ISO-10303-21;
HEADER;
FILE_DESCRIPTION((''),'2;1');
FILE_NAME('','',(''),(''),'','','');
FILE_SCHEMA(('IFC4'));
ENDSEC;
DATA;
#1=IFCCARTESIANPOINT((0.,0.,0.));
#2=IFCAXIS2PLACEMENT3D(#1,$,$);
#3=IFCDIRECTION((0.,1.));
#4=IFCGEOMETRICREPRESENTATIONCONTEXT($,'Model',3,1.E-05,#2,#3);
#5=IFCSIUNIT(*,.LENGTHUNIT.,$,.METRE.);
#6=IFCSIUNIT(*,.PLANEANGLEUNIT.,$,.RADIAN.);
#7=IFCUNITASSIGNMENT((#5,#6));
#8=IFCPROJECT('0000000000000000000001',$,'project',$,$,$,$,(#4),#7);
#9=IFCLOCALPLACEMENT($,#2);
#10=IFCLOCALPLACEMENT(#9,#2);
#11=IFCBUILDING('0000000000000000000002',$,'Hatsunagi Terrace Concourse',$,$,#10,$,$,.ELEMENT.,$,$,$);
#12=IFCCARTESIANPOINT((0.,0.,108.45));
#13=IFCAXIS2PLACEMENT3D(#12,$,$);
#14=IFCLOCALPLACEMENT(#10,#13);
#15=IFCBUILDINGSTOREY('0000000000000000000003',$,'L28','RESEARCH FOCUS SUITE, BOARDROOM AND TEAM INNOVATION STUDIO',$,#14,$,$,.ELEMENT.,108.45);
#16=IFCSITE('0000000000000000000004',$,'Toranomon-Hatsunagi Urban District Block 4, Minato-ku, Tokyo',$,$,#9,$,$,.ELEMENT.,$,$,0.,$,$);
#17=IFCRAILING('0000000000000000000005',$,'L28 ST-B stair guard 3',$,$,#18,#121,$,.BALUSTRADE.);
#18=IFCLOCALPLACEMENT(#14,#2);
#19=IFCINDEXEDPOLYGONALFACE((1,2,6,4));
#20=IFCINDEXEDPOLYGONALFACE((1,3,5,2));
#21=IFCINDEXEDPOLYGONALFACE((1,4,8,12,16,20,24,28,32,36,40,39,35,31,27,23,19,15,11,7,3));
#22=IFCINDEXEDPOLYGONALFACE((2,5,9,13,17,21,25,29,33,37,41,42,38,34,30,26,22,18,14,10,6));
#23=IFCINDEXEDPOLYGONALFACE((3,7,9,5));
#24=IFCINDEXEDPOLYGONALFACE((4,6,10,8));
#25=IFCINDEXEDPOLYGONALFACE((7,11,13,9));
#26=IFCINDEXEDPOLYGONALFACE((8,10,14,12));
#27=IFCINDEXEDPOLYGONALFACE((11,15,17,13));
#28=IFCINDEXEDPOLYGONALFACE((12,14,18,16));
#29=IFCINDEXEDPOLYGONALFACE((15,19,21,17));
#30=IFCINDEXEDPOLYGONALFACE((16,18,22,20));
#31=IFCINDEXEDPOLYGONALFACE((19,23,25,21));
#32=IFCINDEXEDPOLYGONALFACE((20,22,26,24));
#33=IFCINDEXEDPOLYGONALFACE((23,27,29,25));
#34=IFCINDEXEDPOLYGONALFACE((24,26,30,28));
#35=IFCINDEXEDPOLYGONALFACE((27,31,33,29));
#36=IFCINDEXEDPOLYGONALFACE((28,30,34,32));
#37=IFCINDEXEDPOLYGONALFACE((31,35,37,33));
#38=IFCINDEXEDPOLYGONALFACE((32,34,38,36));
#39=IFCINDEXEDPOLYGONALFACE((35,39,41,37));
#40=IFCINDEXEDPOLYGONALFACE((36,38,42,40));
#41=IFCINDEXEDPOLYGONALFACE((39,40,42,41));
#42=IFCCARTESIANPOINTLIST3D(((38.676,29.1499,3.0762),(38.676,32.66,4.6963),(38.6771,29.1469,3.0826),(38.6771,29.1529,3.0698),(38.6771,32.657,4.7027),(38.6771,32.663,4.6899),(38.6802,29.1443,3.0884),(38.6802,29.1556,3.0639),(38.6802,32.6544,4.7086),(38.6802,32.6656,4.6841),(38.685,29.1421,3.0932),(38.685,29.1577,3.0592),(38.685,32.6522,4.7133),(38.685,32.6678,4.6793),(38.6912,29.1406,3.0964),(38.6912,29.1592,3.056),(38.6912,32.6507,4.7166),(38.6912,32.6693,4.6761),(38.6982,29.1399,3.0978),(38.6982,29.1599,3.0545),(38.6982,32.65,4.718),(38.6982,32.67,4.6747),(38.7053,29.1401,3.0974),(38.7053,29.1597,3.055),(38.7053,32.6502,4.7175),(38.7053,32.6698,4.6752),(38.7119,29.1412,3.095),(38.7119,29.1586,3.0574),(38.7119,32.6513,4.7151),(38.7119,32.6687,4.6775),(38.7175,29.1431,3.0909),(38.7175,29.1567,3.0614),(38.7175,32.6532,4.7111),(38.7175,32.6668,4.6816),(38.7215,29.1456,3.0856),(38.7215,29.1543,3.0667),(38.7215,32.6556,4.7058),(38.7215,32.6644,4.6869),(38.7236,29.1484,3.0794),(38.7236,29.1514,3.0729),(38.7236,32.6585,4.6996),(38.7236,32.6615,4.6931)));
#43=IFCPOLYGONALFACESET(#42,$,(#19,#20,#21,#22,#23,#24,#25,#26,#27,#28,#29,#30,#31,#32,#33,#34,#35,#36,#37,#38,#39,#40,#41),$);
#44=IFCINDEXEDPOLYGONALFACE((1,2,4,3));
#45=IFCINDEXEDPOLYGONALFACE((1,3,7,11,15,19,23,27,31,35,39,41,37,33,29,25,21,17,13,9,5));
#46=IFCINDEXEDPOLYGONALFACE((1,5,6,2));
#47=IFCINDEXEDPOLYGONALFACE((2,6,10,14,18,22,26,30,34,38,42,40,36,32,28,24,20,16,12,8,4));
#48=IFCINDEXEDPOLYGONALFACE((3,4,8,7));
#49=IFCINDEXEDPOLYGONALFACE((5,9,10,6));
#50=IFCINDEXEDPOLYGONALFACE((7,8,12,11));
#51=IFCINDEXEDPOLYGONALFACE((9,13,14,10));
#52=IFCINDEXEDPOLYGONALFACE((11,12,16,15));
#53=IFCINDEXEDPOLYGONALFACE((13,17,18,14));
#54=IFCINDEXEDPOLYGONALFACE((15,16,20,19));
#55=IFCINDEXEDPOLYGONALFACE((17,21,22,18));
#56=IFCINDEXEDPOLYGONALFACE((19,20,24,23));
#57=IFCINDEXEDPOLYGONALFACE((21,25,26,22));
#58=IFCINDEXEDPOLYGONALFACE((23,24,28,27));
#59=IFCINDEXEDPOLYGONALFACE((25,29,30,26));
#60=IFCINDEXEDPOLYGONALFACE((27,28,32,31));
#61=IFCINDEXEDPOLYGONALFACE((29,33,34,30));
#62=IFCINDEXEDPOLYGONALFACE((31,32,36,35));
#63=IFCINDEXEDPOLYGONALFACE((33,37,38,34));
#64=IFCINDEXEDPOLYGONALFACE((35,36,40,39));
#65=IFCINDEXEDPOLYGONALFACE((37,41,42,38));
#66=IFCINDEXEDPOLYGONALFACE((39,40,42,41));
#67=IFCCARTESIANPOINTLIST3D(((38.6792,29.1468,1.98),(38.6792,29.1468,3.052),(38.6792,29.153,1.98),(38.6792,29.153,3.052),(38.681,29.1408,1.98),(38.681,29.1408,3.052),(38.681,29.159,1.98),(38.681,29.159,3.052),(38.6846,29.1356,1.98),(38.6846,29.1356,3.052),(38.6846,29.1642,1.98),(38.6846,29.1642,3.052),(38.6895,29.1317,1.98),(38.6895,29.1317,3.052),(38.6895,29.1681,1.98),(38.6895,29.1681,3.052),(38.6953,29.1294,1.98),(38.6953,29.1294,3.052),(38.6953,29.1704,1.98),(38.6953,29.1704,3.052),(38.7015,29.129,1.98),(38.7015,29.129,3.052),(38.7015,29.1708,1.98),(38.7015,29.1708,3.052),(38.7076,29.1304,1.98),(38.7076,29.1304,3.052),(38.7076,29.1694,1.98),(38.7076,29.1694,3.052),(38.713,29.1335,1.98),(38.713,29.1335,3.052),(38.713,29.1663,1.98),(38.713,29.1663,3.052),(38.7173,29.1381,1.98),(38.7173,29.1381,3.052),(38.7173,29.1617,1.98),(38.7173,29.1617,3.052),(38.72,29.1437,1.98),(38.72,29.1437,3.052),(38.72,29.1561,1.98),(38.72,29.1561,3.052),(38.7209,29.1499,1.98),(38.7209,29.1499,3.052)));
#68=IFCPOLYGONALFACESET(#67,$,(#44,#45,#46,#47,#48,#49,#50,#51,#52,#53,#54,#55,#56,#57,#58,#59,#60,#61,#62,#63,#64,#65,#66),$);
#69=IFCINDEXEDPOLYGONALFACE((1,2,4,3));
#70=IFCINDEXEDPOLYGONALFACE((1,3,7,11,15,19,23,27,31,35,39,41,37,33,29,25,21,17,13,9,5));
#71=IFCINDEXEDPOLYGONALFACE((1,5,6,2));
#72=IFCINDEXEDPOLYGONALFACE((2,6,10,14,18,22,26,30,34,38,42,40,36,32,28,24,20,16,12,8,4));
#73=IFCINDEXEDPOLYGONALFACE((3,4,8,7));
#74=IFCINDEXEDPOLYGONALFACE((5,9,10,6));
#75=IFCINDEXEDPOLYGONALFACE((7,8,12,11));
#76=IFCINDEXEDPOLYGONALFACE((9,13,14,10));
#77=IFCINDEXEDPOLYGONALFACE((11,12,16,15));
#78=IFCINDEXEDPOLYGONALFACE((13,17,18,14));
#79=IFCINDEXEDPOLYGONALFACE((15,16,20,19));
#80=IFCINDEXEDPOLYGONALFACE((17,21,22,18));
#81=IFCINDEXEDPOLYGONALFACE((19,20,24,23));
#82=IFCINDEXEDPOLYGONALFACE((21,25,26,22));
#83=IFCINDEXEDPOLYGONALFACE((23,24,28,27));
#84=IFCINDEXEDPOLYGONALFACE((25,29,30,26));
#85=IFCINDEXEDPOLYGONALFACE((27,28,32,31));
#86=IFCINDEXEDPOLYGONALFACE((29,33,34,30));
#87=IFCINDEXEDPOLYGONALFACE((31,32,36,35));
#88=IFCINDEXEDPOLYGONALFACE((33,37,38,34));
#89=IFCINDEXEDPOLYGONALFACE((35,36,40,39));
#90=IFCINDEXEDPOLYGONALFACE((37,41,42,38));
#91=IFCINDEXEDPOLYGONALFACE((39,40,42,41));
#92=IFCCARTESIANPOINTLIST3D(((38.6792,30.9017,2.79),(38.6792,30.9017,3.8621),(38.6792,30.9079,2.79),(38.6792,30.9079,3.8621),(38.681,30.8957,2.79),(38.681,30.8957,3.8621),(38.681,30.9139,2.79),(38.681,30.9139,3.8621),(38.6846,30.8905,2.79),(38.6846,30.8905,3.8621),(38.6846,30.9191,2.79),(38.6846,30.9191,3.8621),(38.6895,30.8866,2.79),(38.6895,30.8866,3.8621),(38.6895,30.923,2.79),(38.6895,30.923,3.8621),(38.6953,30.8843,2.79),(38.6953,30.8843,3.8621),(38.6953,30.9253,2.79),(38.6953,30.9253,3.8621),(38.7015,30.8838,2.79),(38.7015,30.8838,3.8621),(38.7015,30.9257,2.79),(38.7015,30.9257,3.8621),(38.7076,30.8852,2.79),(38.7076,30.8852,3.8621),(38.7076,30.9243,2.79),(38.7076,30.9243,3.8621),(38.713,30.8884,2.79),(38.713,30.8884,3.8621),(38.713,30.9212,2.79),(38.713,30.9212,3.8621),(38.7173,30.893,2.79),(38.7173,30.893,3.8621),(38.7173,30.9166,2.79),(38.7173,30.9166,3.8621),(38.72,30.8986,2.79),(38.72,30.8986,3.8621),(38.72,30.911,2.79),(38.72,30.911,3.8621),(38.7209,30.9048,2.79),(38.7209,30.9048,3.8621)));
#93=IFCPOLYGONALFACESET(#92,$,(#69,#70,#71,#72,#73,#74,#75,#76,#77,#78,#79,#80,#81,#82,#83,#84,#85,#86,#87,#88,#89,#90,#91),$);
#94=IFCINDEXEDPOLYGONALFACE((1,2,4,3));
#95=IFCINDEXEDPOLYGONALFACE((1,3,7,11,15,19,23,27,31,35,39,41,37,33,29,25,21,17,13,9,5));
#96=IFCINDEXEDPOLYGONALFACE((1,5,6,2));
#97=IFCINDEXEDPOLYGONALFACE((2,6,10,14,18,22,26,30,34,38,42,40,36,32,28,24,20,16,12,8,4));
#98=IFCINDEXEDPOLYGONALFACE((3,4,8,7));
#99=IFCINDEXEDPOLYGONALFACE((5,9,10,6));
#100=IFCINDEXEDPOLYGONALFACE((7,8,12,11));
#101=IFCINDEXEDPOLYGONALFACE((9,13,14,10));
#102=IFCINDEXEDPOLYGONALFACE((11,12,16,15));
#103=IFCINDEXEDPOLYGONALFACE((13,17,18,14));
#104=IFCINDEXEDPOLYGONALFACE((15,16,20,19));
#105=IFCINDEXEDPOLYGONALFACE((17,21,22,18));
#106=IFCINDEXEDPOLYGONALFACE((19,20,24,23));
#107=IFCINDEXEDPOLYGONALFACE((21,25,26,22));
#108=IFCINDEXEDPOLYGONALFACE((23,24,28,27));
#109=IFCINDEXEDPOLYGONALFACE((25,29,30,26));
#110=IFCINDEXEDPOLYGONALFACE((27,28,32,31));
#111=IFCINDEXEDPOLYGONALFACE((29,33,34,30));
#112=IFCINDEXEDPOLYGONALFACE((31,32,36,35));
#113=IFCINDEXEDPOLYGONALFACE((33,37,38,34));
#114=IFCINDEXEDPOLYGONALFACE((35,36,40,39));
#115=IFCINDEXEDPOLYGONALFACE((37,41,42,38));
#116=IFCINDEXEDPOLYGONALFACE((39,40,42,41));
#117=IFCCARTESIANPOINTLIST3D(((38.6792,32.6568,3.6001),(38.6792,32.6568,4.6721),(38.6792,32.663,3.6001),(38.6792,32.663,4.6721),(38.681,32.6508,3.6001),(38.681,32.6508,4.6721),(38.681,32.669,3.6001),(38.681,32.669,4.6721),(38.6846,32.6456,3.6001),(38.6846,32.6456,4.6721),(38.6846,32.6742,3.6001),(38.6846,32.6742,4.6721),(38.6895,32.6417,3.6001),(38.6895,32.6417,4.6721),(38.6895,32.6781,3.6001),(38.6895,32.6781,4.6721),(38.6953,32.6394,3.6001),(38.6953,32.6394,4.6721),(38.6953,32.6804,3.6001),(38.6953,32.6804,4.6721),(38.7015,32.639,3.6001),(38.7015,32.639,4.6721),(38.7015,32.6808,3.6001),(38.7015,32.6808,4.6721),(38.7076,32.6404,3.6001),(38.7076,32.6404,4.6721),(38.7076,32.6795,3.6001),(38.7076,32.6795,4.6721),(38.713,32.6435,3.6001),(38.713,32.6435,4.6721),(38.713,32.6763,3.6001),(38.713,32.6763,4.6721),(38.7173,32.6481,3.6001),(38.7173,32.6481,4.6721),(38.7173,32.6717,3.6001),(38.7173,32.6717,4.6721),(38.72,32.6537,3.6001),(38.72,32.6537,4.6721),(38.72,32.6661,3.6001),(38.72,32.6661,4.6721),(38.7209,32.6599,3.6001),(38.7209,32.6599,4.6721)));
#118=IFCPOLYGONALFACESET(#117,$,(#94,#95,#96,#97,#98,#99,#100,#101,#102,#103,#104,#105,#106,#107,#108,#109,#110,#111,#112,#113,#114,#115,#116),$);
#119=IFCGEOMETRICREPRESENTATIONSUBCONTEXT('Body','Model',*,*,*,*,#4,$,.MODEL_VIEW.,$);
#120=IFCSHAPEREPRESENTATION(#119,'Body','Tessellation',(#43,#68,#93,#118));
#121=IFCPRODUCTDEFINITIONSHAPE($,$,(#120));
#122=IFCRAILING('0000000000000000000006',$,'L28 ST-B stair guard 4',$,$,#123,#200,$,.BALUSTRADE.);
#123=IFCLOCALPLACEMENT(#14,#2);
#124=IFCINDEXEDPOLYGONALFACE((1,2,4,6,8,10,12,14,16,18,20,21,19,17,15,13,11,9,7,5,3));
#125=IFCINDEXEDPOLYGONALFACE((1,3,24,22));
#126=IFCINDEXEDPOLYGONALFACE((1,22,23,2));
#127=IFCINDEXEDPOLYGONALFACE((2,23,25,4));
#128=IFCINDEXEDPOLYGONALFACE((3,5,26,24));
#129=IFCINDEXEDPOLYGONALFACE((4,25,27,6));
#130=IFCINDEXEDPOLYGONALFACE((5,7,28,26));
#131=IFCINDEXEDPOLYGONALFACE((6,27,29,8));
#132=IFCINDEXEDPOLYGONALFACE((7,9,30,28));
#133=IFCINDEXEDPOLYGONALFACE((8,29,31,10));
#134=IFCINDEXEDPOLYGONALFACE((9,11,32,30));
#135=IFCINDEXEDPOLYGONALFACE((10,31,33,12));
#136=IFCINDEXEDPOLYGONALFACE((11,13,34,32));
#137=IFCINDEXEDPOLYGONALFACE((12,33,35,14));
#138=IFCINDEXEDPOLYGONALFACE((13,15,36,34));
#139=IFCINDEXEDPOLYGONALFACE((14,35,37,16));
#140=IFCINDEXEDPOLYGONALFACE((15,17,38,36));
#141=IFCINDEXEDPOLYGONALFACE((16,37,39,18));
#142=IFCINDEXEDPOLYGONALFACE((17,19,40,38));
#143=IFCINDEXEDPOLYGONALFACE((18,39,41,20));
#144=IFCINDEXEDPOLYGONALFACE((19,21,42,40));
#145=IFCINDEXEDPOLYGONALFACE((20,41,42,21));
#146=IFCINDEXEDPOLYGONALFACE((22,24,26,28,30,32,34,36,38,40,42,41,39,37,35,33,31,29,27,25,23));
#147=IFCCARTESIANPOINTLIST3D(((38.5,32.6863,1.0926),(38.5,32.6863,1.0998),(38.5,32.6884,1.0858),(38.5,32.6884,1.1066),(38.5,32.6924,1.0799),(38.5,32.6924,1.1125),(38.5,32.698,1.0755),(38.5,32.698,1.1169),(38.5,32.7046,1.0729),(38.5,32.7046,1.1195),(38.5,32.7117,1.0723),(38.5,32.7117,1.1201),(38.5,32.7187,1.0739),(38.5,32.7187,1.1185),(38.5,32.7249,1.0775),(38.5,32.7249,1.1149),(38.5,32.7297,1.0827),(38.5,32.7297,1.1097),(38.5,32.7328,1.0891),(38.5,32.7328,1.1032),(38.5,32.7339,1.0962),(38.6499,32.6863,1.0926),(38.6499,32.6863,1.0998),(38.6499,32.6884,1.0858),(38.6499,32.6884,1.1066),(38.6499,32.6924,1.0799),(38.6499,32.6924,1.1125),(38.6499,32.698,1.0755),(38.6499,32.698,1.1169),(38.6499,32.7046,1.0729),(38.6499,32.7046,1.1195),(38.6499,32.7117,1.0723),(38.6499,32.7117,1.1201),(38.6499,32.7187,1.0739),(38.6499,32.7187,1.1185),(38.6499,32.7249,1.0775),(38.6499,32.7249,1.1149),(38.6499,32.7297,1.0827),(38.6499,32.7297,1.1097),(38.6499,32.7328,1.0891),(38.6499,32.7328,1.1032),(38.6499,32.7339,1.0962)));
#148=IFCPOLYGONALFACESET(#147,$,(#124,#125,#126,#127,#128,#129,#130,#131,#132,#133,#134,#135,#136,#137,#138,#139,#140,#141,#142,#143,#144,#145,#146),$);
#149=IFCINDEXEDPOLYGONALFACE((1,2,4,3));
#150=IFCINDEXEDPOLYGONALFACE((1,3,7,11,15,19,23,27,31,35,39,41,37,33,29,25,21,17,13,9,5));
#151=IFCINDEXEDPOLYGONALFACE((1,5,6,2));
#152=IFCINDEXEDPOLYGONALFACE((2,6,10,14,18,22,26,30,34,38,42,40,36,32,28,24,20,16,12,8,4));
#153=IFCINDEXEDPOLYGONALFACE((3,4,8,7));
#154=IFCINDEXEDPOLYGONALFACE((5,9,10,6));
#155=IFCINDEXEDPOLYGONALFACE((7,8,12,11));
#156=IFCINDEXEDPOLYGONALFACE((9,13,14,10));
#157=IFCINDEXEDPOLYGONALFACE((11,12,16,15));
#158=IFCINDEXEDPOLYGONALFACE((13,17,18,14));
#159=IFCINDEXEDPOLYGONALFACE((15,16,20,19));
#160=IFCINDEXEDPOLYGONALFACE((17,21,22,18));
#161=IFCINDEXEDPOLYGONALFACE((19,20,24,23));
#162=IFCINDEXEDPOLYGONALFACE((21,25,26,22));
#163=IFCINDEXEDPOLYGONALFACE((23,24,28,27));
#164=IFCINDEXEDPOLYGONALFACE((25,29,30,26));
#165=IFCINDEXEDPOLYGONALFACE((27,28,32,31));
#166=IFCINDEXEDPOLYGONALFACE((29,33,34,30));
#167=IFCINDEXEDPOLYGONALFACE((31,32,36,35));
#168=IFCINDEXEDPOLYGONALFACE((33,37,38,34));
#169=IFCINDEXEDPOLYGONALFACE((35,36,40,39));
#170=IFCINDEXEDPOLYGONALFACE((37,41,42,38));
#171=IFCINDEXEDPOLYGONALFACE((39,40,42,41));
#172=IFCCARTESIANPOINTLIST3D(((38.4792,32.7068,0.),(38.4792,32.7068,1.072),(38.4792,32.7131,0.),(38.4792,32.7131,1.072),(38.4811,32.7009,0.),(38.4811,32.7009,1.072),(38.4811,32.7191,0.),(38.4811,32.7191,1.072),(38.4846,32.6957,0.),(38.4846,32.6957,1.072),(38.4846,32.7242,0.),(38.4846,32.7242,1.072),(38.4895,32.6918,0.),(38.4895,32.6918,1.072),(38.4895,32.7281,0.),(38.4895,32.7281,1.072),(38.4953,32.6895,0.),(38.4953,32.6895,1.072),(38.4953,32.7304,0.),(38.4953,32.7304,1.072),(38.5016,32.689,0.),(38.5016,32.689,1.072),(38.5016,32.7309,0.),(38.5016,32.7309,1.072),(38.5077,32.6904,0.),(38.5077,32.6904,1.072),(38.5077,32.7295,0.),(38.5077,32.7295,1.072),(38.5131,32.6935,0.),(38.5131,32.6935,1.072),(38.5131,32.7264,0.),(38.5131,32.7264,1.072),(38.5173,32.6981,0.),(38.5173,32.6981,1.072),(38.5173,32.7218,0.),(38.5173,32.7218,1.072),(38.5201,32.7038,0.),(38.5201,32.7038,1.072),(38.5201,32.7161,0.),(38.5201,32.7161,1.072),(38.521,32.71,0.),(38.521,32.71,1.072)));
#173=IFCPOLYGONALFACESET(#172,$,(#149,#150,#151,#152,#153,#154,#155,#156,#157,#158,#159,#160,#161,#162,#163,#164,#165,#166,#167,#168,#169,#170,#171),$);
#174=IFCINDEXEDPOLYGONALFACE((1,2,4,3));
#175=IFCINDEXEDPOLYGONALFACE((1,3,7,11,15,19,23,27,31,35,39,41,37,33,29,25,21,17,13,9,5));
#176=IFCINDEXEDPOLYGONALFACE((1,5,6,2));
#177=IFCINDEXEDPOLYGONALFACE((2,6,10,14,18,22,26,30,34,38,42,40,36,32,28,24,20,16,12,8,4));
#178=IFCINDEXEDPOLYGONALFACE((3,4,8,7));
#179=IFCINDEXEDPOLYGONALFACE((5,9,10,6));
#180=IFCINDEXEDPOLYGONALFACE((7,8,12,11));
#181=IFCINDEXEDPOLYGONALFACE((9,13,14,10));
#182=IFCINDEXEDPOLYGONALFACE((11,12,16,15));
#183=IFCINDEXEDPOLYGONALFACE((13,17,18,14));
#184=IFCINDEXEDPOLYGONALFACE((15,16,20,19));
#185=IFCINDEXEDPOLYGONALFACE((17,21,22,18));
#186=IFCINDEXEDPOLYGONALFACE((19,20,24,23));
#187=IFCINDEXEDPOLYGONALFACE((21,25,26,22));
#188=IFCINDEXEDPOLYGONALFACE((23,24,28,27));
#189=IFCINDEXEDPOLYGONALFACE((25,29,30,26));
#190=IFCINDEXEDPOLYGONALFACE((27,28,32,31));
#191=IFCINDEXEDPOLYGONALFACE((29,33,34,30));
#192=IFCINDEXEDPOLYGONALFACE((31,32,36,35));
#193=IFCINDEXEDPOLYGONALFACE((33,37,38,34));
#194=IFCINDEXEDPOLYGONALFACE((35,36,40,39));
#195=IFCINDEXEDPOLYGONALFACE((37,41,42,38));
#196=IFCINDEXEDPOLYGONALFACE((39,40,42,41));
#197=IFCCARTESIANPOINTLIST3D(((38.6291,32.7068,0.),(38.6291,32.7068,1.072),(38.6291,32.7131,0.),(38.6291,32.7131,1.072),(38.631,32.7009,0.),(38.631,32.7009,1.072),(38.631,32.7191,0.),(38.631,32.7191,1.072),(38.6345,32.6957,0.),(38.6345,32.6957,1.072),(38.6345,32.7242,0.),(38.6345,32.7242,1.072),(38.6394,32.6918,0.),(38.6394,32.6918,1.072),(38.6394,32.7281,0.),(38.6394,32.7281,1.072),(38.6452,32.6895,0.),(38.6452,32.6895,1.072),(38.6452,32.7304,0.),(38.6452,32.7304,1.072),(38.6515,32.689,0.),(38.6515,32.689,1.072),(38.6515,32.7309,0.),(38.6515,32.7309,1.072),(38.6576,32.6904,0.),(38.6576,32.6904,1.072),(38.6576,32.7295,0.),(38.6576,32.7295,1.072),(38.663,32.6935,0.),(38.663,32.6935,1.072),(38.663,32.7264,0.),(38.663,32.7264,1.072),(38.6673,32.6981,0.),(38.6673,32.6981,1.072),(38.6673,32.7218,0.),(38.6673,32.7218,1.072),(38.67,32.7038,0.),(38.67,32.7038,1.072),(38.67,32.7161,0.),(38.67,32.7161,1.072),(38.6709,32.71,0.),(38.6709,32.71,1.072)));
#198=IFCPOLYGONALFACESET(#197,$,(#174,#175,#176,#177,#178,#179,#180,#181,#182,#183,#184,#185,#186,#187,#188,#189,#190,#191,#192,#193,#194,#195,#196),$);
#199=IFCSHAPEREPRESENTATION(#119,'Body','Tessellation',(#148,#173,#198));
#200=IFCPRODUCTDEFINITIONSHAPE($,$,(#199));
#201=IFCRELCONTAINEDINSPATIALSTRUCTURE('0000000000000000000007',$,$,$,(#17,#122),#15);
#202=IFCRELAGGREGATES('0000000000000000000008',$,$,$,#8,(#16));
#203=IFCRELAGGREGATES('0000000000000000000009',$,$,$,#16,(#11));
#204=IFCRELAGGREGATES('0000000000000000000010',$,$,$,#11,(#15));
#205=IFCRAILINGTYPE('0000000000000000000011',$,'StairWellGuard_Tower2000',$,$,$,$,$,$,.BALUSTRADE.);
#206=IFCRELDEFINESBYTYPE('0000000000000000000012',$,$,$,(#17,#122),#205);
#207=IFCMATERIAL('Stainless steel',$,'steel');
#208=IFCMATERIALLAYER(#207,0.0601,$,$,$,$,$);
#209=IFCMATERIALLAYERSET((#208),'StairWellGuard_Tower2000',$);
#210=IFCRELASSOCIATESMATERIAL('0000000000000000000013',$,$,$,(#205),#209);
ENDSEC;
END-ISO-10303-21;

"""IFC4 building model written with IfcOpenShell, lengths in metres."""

from ifc_helpers import new_model, si_unit, direction, frame, origin, origin_2d, place, context, subcontext, project, spatial, circle, extrude, material, layer, layer_set, type_object, element, save


model = new_model("IFC4")

# Units and contexts
model_context = context("Model", 3, precision=1e-05, world=origin(), true_north=direction((0.0, 1.0)))
body_context = subcontext(model_context, "Body", "Model", "MODEL_VIEW")
ifc_project = project(units=[si_unit("LENGTHUNIT", "METRE"), si_unit("PLANEANGLEUNIT", "RADIAN")], contexts=[model_context])

# Site, building, storey
site_placement = place(None, origin())
site = spatial("IfcSite", under=ifc_project, at=site_placement, Name="Toranomon-Hatsunagi Urban District Block 4, Minato-ku, Tokyo", CompositionType="ELEMENT", RefElevation=0.0)
building_placement = place(site_placement, origin())
building = spatial("IfcBuilding", under=site, at=building_placement, Name="Hatsunagi Terrace Concourse", CompositionType="ELEMENT")
storey_placement = place(building_placement, frame((0.0, 0.0, 108.45)))
storey = spatial("IfcBuildingStorey", under=building, at=storey_placement, Name="L28", Description="RESEARCH FOCUS SUITE, BOARDROOM AND TEAM INNOVATION STUDIO", CompositionType="ELEMENT", Elevation=108.45)

# Railings
ifc_material_1 = material(Name="Stainless steel", Category="steel")
ifc_layer_1 = layer(ifc_material_1, 0.0601)
ifc_layer_set_1 = layer_set([ifc_layer_1], Name="StairWellGuard_Tower2000")
railing_type_1 = type_object("IfcRailingType", Name="StairWellGuard_Tower2000", PredefinedType="BALUSTRADE", material=ifc_layer_set_1)
railing_1_placement = place(storey_placement, frame((38.7, 29.1499, 1.98)))
element("IfcRailing", 1, at=railing_1_placement, inside=storey, type_object=railing_type_1, Name="L28 ST-B stair guard 3", PredefinedType="BALUSTRADE", context=body_context, shape_type="SweptSolid", body=[
    extrude(circle(Radius=0.0239, at=origin_2d()), frame((0.0, 0.0, 1.0962), z_axis=(0.0, 0.907948, 0.419082), x_axis=(-1.0, 0.0, 0.0)), (0.0, 0.0, 1.0), 3.866),
    extrude(circle(Radius=0.021, at=origin_2d()), origin(), (0.0, 0.0, 1.0), 1.072),
    extrude(circle(Radius=0.021, at=origin_2d()), frame((0.0, 1.7549, 0.8101)), (0.0, 0.0, 1.0), 1.072),
    extrude(circle(Radius=0.021, at=origin_2d()), frame((0.0, 3.51, 1.6201)), (0.0, 0.0, 1.0), 1.072),
])
railing_2_placement = place(storey_placement, frame((38.5, 32.71, 0.0)))
element("IfcRailing", 2, at=railing_2_placement, inside=storey, type_object=railing_type_1, Name="L28 ST-B stair guard 4", PredefinedType="BALUSTRADE", context=body_context, shape_type="SweptSolid", body=[
    extrude(circle(Radius=0.0239, at=origin_2d()), frame((0.0, 0.0, 1.0962), z_axis=(1.0, 0.0, 0.0), x_axis=(0.0, 1.0, 0.0)), (0.0, 0.0, 1.0), 0.1499),
    extrude(circle(Radius=0.021, at=origin_2d()), origin(), (0.0, 0.0, 1.0), 1.072),
    extrude(circle(Radius=0.021, at=origin_2d()), frame((0.1499, 0.0, 0.0)), (0.0, 0.0, 1.0), 1.072),
])

save(model, "model.ifc")
